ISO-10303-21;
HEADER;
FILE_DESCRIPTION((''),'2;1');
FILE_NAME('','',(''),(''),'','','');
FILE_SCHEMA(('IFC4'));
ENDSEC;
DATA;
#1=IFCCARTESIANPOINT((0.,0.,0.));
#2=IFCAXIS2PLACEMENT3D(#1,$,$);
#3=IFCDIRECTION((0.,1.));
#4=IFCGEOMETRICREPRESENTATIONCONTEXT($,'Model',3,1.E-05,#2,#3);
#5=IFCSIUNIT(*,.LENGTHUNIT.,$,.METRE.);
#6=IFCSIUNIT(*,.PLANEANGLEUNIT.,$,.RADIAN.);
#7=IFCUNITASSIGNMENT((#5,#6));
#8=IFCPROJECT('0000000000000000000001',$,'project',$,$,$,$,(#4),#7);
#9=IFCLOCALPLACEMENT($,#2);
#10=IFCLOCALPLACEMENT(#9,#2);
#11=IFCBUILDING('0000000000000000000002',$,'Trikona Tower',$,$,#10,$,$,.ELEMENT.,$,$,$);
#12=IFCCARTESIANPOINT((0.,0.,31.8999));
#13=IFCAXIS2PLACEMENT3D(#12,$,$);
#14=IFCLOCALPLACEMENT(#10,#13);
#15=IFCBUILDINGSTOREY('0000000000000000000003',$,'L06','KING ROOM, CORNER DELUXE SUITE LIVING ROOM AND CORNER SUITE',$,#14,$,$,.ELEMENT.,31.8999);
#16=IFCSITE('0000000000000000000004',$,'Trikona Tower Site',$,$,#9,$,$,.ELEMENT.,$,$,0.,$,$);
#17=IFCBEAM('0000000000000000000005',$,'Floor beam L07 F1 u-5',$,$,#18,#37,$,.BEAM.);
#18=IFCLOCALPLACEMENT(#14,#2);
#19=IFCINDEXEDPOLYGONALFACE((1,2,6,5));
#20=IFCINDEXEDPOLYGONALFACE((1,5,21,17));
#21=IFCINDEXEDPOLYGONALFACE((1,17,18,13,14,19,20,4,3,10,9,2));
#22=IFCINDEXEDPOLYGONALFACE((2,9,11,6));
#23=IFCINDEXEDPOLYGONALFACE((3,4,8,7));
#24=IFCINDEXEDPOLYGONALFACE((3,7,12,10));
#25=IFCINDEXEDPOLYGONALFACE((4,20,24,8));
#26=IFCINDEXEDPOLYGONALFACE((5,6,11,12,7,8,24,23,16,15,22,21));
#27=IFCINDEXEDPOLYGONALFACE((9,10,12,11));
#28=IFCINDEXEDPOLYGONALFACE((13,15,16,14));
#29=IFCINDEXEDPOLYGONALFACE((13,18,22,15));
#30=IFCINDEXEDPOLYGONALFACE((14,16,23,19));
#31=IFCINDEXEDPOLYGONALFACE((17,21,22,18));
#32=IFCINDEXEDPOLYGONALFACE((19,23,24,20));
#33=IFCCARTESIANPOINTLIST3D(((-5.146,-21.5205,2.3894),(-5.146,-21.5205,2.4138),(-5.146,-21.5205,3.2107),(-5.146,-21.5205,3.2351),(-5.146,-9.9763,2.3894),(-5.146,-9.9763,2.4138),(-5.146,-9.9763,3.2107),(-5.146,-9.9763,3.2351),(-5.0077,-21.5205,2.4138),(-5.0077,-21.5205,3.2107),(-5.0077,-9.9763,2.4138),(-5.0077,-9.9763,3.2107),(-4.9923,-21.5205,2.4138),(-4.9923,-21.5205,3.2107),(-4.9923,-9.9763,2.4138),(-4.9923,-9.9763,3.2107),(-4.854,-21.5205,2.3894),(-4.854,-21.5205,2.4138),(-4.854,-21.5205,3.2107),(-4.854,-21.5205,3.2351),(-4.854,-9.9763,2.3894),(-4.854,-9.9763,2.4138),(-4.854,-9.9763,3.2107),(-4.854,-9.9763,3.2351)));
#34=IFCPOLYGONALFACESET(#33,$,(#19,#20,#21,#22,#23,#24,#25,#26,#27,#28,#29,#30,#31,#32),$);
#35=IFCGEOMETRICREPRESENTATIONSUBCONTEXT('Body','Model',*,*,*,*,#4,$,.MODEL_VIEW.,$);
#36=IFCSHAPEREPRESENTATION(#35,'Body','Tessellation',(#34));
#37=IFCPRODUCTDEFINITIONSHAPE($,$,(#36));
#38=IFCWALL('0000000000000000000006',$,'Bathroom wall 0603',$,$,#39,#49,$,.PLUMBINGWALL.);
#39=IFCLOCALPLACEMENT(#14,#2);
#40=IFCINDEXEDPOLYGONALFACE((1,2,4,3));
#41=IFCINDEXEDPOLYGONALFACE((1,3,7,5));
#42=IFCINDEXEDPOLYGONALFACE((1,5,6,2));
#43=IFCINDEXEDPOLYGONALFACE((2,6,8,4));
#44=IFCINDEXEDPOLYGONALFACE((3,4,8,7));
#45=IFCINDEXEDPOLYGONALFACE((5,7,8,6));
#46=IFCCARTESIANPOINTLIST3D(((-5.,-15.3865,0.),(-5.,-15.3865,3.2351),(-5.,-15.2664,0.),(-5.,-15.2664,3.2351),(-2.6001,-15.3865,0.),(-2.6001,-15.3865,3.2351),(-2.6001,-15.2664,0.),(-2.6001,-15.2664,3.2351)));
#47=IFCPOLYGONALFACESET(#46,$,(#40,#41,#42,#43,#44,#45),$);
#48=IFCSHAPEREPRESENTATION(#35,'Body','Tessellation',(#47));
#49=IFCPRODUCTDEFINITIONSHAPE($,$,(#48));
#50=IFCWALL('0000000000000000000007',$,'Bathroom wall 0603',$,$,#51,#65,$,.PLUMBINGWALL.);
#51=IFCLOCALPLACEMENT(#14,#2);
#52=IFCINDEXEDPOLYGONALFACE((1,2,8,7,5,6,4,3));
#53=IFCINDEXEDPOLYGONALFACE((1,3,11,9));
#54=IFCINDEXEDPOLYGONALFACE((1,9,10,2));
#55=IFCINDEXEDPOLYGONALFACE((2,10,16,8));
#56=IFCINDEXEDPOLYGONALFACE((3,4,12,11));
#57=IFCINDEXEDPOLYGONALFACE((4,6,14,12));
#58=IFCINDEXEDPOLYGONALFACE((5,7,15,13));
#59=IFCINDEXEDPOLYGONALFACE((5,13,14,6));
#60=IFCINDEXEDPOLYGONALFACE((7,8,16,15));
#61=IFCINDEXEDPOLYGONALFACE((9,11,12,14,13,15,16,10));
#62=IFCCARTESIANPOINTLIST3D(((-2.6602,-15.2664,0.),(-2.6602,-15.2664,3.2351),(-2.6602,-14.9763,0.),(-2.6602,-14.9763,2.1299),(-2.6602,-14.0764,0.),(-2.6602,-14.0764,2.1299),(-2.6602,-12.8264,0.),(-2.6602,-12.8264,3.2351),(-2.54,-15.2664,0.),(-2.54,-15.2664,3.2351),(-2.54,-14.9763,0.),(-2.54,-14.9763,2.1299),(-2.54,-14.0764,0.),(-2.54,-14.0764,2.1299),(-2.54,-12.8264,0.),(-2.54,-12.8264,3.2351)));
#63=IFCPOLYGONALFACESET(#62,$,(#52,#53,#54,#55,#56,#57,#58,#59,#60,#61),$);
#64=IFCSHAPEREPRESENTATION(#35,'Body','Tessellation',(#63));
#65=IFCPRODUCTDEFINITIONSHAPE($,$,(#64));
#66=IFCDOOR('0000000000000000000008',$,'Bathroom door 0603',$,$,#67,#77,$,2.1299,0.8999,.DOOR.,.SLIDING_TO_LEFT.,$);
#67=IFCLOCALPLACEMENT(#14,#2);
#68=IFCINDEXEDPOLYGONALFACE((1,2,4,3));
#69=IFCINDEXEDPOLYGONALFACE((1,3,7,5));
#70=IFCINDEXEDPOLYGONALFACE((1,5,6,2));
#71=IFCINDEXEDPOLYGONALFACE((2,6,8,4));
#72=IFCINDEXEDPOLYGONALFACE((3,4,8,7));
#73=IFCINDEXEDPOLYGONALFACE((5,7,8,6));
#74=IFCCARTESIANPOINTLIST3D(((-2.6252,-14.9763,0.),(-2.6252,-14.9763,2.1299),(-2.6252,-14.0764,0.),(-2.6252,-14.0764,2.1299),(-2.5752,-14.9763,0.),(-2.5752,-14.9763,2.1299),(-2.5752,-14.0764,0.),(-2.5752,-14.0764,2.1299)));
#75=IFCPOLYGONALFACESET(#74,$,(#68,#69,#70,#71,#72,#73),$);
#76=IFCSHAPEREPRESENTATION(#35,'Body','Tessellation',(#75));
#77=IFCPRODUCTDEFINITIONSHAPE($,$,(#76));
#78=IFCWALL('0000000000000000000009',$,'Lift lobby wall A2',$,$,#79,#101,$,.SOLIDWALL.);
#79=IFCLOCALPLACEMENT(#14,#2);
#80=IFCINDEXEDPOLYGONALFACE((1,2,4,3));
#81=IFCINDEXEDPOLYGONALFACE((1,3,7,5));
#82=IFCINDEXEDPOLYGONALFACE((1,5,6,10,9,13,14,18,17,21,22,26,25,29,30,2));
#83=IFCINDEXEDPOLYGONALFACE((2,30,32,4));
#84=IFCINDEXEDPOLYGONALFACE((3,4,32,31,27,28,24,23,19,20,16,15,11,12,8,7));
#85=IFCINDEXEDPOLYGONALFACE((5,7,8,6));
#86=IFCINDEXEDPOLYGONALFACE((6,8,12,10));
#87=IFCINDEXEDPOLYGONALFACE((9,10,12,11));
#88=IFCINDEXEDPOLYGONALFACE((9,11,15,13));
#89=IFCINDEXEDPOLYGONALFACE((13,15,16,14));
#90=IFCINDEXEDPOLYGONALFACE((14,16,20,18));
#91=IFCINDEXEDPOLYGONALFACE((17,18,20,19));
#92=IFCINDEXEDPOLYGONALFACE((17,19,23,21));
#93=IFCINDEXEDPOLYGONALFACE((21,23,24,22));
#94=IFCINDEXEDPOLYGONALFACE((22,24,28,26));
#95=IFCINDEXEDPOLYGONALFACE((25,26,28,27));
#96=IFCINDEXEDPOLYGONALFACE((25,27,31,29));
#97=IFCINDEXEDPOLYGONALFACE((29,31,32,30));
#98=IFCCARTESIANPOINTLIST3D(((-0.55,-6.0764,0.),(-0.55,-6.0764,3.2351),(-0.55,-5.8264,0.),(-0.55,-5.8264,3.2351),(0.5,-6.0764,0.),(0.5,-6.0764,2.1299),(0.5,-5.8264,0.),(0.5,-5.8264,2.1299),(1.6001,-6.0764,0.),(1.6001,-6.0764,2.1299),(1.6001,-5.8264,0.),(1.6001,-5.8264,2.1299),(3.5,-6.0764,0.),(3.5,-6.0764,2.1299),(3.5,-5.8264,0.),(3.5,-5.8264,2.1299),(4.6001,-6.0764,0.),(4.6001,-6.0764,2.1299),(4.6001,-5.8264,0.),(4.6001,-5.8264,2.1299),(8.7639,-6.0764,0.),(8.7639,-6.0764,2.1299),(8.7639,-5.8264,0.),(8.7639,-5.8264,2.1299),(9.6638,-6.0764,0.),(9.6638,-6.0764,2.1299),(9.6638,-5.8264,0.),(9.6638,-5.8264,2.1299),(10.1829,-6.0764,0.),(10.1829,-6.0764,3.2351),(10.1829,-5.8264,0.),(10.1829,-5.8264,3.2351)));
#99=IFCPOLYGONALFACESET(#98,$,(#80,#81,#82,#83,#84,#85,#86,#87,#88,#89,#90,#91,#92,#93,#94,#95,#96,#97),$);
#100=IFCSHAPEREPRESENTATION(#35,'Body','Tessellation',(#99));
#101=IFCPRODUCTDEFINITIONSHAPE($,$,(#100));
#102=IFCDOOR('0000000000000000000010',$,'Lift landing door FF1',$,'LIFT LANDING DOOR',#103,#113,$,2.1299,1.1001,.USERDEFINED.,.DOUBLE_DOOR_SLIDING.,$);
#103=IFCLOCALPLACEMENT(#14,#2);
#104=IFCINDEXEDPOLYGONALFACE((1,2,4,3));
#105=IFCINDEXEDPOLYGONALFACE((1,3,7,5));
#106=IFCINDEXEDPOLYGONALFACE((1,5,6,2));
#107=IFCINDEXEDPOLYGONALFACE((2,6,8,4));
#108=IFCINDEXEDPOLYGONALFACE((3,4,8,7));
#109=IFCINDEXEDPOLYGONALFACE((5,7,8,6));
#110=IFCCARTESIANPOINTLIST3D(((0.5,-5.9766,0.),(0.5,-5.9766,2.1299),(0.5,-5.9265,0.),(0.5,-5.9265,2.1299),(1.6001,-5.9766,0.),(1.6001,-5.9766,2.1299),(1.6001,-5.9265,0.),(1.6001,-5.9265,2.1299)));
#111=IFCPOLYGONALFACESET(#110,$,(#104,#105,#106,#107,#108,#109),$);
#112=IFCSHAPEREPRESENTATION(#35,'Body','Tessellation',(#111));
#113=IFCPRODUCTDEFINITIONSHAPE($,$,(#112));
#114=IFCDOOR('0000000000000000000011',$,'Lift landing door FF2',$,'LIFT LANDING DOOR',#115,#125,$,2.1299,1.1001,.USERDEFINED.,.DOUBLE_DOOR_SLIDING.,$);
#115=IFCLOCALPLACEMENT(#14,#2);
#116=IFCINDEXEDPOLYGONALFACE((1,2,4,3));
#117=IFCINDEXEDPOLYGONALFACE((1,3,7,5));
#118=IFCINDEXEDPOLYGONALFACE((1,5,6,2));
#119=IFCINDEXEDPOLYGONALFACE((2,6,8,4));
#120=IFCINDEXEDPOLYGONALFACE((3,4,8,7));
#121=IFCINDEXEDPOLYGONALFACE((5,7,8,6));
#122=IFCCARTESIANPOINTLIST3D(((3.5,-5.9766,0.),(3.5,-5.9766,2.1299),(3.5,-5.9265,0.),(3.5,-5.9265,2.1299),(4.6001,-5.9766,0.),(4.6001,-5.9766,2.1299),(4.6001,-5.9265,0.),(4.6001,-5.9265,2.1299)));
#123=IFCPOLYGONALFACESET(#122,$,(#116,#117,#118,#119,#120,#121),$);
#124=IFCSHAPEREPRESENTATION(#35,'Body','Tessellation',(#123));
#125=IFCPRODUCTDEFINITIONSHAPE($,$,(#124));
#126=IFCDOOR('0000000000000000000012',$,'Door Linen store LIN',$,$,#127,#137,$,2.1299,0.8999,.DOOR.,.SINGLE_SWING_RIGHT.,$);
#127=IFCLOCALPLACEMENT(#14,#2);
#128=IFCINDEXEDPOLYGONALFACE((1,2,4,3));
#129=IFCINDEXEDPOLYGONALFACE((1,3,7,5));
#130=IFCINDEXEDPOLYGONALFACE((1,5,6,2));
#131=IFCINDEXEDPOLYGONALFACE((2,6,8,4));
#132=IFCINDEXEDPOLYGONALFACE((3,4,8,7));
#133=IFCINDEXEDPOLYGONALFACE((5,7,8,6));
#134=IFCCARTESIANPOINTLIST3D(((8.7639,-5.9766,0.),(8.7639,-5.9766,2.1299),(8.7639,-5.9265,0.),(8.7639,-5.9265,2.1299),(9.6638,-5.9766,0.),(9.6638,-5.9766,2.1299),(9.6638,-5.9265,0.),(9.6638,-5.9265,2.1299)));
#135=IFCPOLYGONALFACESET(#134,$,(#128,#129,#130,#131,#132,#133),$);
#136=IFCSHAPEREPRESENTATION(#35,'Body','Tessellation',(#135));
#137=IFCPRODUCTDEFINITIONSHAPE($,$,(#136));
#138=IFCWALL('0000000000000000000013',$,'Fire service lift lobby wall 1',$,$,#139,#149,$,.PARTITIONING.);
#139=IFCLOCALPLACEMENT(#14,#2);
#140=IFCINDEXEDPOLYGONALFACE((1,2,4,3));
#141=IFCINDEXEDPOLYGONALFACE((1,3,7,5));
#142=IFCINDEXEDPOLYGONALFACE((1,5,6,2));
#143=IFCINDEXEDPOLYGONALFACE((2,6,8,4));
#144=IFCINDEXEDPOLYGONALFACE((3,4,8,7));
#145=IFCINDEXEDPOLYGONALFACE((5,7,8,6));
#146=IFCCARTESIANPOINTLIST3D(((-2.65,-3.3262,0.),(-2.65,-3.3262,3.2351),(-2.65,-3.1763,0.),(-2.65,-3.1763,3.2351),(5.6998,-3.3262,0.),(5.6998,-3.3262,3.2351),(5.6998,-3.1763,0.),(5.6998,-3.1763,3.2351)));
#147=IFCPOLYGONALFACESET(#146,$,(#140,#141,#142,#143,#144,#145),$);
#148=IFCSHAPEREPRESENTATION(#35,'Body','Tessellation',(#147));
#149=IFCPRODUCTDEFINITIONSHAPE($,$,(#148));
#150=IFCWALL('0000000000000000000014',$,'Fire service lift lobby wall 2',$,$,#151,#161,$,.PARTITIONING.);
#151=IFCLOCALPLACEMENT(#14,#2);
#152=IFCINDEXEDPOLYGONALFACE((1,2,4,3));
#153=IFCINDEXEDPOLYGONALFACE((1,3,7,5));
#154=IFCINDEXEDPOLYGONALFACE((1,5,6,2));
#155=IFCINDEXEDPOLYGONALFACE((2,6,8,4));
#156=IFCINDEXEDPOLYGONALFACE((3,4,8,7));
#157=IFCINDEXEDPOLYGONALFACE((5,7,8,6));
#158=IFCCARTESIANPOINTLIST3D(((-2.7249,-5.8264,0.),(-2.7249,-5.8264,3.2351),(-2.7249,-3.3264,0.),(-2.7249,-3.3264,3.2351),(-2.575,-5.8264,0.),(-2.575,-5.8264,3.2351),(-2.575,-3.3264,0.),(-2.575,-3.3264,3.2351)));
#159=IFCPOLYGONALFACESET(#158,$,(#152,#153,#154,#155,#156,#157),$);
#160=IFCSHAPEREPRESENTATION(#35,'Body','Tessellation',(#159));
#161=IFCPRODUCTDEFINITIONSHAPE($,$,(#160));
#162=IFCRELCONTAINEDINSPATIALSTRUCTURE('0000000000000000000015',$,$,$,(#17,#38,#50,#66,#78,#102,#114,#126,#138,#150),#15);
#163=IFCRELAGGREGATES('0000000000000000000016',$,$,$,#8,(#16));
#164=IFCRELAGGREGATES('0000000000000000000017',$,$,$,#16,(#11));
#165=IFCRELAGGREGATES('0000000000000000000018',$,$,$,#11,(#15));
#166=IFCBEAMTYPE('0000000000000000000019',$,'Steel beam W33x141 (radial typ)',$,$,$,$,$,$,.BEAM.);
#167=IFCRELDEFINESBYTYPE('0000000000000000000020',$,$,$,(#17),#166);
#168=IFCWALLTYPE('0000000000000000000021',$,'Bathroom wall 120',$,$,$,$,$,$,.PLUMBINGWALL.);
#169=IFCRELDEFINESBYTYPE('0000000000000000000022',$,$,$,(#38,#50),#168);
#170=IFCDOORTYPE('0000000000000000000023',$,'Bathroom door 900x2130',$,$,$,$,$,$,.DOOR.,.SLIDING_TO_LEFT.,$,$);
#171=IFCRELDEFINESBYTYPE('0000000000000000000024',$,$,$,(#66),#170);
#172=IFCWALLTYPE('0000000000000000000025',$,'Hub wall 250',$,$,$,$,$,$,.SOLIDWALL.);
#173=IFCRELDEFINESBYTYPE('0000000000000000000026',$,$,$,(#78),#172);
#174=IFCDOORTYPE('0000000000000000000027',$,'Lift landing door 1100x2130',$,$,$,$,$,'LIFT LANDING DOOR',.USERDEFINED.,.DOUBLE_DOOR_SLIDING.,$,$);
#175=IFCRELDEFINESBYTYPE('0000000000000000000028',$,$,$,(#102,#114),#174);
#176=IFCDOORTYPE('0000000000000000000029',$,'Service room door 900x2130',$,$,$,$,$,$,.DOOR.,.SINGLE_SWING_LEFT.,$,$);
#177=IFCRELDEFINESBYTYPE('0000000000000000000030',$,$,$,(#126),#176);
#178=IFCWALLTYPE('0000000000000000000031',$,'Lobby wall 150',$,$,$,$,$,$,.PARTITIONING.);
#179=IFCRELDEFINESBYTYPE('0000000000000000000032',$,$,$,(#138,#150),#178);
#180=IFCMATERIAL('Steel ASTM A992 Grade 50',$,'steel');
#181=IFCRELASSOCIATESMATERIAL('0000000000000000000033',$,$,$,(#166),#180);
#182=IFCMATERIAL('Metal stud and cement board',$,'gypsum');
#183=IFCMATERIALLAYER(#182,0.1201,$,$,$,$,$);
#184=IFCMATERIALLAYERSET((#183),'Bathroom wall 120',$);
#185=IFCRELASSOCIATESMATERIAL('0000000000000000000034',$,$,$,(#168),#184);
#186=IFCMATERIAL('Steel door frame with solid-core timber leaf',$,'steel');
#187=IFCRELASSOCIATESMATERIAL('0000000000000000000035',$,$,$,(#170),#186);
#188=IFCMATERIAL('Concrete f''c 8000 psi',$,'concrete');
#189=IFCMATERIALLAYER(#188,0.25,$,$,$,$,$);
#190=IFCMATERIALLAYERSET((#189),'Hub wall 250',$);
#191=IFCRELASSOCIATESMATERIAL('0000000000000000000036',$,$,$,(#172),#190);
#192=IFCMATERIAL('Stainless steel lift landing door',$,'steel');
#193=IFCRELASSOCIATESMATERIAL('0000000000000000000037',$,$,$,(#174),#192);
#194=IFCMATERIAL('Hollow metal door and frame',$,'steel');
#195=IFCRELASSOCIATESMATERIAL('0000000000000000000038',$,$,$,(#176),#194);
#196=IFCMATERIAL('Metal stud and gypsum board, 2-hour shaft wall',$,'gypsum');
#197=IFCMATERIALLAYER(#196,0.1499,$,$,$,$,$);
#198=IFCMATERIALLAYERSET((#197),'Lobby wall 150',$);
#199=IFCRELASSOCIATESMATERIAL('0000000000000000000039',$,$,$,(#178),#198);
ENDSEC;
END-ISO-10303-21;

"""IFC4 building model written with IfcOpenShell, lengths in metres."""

from ifc_helpers import new_model, si_unit, direction, frame, frame_2d, origin, origin_2d, place, context, subcontext, project, spatial, rectangle, i_section, extrude, material, layer, layer_set, material_profile, profile_set, type_object, element, fill, save


model = new_model("IFC4")

# Units and contexts
model_context = context("Model", 3, precision=1e-05, world=origin(), true_north=direction((0.0, 1.0)))
body_context = subcontext(model_context, "Body", "Model", "MODEL_VIEW")
ifc_project = project(units=[si_unit("LENGTHUNIT", "METRE"), si_unit("PLANEANGLEUNIT", "RADIAN")], contexts=[model_context])

# Site, building, storey
site_placement = place(None, origin())
site = spatial("IfcSite", under=ifc_project, at=site_placement, Name="Trikona Tower Site", CompositionType="ELEMENT", RefElevation=0.0)
building_placement = place(site_placement, origin())
building = spatial("IfcBuilding", under=site, at=building_placement, Name="Trikona Tower", CompositionType="ELEMENT")
storey_placement = place(building_placement, frame((0.0, 0.0, 31.8999)))
storey = spatial("IfcBuildingStorey", under=building, at=storey_placement, Name="L06", Description="KING ROOM, CORNER DELUXE SUITE LIVING ROOM AND CORNER SUITE", CompositionType="ELEMENT", Elevation=31.8999)

# Beam
ifc_material_1 = material(Name="Steel ASTM A992 Grade 50", Category="steel")
ifc_material_profile = material_profile(ifc_material_1, i_section(OverallWidth=0.292, OverallDepth=0.8457, WebThickness=0.0154, FlangeThickness=0.0244, at=origin_2d()), Name="W33X141")
ifc_profile_set = profile_set([ifc_material_profile], Name="Steel ASTM A992 Grade 50")
beam_type = type_object("IfcBeamType", Name="Steel beam W33x141 (radial typ)", PredefinedType="BEAM", material=ifc_profile_set)
beam_placement = place(storey_placement, frame((-5.0, -9.9763, 2.8123), z_axis=(0.0, -1.0, 0.0), x_axis=(1.0, 0.0, 0.0)))
element("IfcBeam", 1, at=beam_placement, inside=storey, type_object=beam_type, Name="Floor beam L07 F1 u-5", PredefinedType="BEAM", context=body_context, shape_type="SweptSolid", body=[
    extrude(i_section(OverallWidth=0.292, OverallDepth=0.8457, WebThickness=0.0154, FlangeThickness=0.0244, at=origin_2d()), origin(), (0.0, 0.0, 1.0), 11.5442),
])

# Wall
ifc_material_2 = material(Name="Metal stud and cement board", Category="gypsum")
ifc_layer_1 = layer(ifc_material_2, 0.1201)
ifc_layer_set_1 = layer_set([ifc_layer_1], Name="Bathroom wall 120")
wall_type_1 = type_object("IfcWallType", Name="Bathroom wall 120", PredefinedType="PLUMBINGWALL", material=ifc_layer_set_1)
wall_1_placement = place(storey_placement, frame((-5.0, -15.3264, 0.0), z_axis=(0.0, 0.0, 1.0), x_axis=(1.0, 0.0, 0.0)))
element("IfcWall", 2, at=wall_1_placement, inside=storey, type_object=wall_type_1, Name="Bathroom wall 0603", PredefinedType="PLUMBINGWALL", context=body_context, shape_type="SweptSolid", body=[
    extrude(rectangle(XDim=2.3999, YDim=0.1201, at=frame_2d((1.2, 0.0))), origin(), (0.0, 0.0, 1.0), 3.2351),
])

# Wall, opening, door
wall_2_placement = place(storey_placement, frame((-2.6001, -12.8264, 0.0), z_axis=(0.0, 0.0, 1.0), x_axis=(0.0, -1.0, 0.0)))
wall_2 = element("IfcWall", 3, at=wall_2_placement, inside=storey, type_object=wall_type_1, Name="Bathroom wall 0603", PredefinedType="PLUMBINGWALL", context=body_context, shape_type="SweptSolid", body=[
    extrude(rectangle(XDim=2.4399, YDim=0.1201, at=frame_2d((1.22, 0.0))), origin(), (0.0, 0.0, 1.0), 3.2351),
])
opening_1_placement = place(wall_2_placement, frame((1.25, 0.0, 0.0)))
opening_1 = element("IfcOpeningElement", 4, at=opening_1_placement, cuts=wall_2, PredefinedType="OPENING", context=body_context, shape_type="SweptSolid", body=[
    extrude(rectangle(XDim=0.8999, YDim=2.1299, at=frame_2d((0.45, 1.0649))), frame((0.0, 0.0701, 0.0), z_axis=(0.0, -1.0, 0.0), x_axis=(1.0, 0.0, 0.0)), (0.0, 0.0, 1.0), 0.1401),
])
ifc_material_3 = material(Name="Steel door frame with solid-core timber leaf", Category="steel")
door_type_1 = type_object("IfcDoorType", Name="Bathroom door 900x2130", OperationType="SLIDING_TO_LEFT", PredefinedType="DOOR", material=ifc_material_3)
door_1_placement = place(opening_1_placement, origin())
door_1 = element("IfcDoor", 5, at=door_1_placement, inside=storey, type_object=door_type_1, Name="Bathroom door 0603", OperationType="SLIDING_TO_LEFT", OverallHeight=2.1299, OverallWidth=0.8999, PredefinedType="DOOR", context=body_context, shape_type="SweptSolid", body=[
    extrude(rectangle(XDim=0.8999, YDim=2.1299, at=frame_2d((0.45, 1.0649))), frame((0.0, 0.0249, 0.0), z_axis=(0.0, -1.0, 0.0), x_axis=(1.0, 0.0, 0.0)), (0.0, 0.0, 1.0), 0.05),
])
fill(opening_1, door_1)

# Wall, openings, doors
ifc_material_4 = material(Name="Concrete f'c 8000 psi", Category="concrete")
ifc_layer_2 = layer(ifc_material_4, 0.25)
ifc_layer_set_2 = layer_set([ifc_layer_2], Name="Hub wall 250")
wall_type_2 = type_object("IfcWallType", Name="Hub wall 250", PredefinedType="SOLIDWALL", material=ifc_layer_set_2)
wall_3_placement = place(storey_placement, frame((-0.55, -5.9514, 0.0), z_axis=(0.0, 0.0, 1.0), x_axis=(1.0, 0.0, 0.0)))
wall_3 = element("IfcWall", 6, at=wall_3_placement, inside=storey, type_object=wall_type_2, Name="Lift lobby wall A2", PredefinedType="SOLIDWALL", context=body_context, shape_type="SweptSolid", body=[
    extrude(rectangle(XDim=10.7329, YDim=0.25, at=frame_2d((5.3665, 0.0))), origin(), (0.0, 0.0, 1.0), 3.2351),
])
opening_2_placement = place(wall_3_placement, frame((9.314, 0.0, 0.0)))
opening_2 = element("IfcOpeningElement", 7, at=opening_2_placement, cuts=wall_3, PredefinedType="OPENING", context=body_context, shape_type="SweptSolid", body=[
    extrude(rectangle(XDim=0.8999, YDim=2.1299, at=frame_2d((0.45, 1.0649))), frame((0.0, 0.135, 0.0), z_axis=(0.0, -1.0, 0.0), x_axis=(1.0, 0.0, 0.0)), (0.0, 0.0, 1.0), 0.27),
])
opening_3_placement = place(wall_3_placement, frame((1.05, 0.0, 0.0)))
opening_3 = element("IfcOpeningElement", 8, at=opening_3_placement, cuts=wall_3, PredefinedType="OPENING", context=body_context, shape_type="SweptSolid", body=[
    extrude(rectangle(XDim=1.1001, YDim=2.1299, at=frame_2d((0.55, 1.0649))), frame((0.0, 0.135, 0.0), z_axis=(0.0, -1.0, 0.0), x_axis=(1.0, 0.0, 0.0)), (0.0, 0.0, 1.0), 0.27),
])
opening_4_placement = place(wall_3_placement, frame((4.05, 0.0, 0.0)))
opening_4 = element("IfcOpeningElement", 9, at=opening_4_placement, cuts=wall_3, PredefinedType="OPENING", context=body_context, shape_type="SweptSolid", body=[
    extrude(rectangle(XDim=1.1001, YDim=2.1299, at=frame_2d((0.55, 1.0649))), frame((0.0, 0.135, 0.0), z_axis=(0.0, -1.0, 0.0), x_axis=(1.0, 0.0, 0.0)), (0.0, 0.0, 1.0), 0.27),
])
ifc_material_5 = material(Name="Stainless steel lift landing door", Category="steel")
door_type_2 = type_object("IfcDoorType", Name="Lift landing door 1100x2130", ElementType="LIFT LANDING DOOR", OperationType="DOUBLE_DOOR_SLIDING", PredefinedType="USERDEFINED", material=ifc_material_5)
door_2_placement = place(opening_3_placement, origin())
door_2 = element("IfcDoor", 10, at=door_2_placement, inside=storey, type_object=door_type_2, Name="Lift landing door FF1", ObjectType="LIFT LANDING DOOR", OperationType="DOUBLE_DOOR_SLIDING", OverallHeight=2.1299, OverallWidth=1.1001, PredefinedType="USERDEFINED", context=body_context, shape_type="SweptSolid", body=[
    extrude(rectangle(XDim=1.1001, YDim=2.1299, at=frame_2d((0.55, 1.0649))), frame((0.0, 0.0249, 0.0), z_axis=(0.0, -1.0, 0.0), x_axis=(1.0, 0.0, 0.0)), (0.0, 0.0, 1.0), 0.05),
])
fill(opening_3, door_2)
door_3_placement = place(opening_4_placement, origin())
door_3 = element("IfcDoor", 11, at=door_3_placement, inside=storey, type_object=door_type_2, Name="Lift landing door FF2", ObjectType="LIFT LANDING DOOR", OperationType="DOUBLE_DOOR_SLIDING", OverallHeight=2.1299, OverallWidth=1.1001, PredefinedType="USERDEFINED", context=body_context, shape_type="SweptSolid", body=[
    extrude(rectangle(XDim=1.1001, YDim=2.1299, at=frame_2d((0.55, 1.0649))), frame((0.0, 0.0249, 0.0), z_axis=(0.0, -1.0, 0.0), x_axis=(1.0, 0.0, 0.0)), (0.0, 0.0, 1.0), 0.05),
])
fill(opening_4, door_3)
ifc_material_6 = material(Name="Hollow metal door and frame", Category="steel")
door_type_3 = type_object("IfcDoorType", Name="Service room door 900x2130", OperationType="SINGLE_SWING_LEFT", PredefinedType="DOOR", material=ifc_material_6)
door_4_placement = place(opening_2_placement, origin())
door_4 = element("IfcDoor", 12, at=door_4_placement, inside=storey, type_object=door_type_3, Name="Door Linen store LIN", OperationType="SINGLE_SWING_RIGHT", OverallHeight=2.1299, OverallWidth=0.8999, PredefinedType="DOOR", context=body_context, shape_type="SweptSolid", body=[
    extrude(rectangle(XDim=0.8999, YDim=2.1299, at=frame_2d((0.45, 1.0649))), frame((0.0, 0.0249, 0.0), z_axis=(0.0, -1.0, 0.0), x_axis=(1.0, 0.0, 0.0)), (0.0, 0.0, 1.0), 0.05),
])
fill(opening_2, door_4)

# Walls
ifc_material_7 = material(Name="Metal stud and gypsum board, 2-hour shaft wall", Category="gypsum")
ifc_layer_3 = layer(ifc_material_7, 0.1499)
ifc_layer_set_3 = layer_set([ifc_layer_3], Name="Lobby wall 150")
wall_type_3 = type_object("IfcWallType", Name="Lobby wall 150", PredefinedType="PARTITIONING", material=ifc_layer_set_3)
wall_4_placement = place(storey_placement, frame((-2.6499, -3.2512, 0.0), z_axis=(0.0, 0.0, 1.0), x_axis=(1.0, 0.0, 0.0)))
element("IfcWall", 13, at=wall_4_placement, inside=storey, type_object=wall_type_3, Name="Fire service lift lobby wall 1", PredefinedType="PARTITIONING", context=body_context, shape_type="SweptSolid", body=[
    extrude(rectangle(XDim=8.3499, YDim=0.1499, at=frame_2d((4.1748, 0.0))), origin(), (0.0, 0.0, 1.0), 3.2351),
])
wall_5_placement = place(storey_placement, frame((-2.6499, -5.8264, 0.0), z_axis=(0.0, 0.0, 1.0), x_axis=(0.0, 1.0, 0.0)))
element("IfcWall", 14, at=wall_5_placement, inside=storey, type_object=wall_type_3, Name="Fire service lift lobby wall 2", PredefinedType="PARTITIONING", context=body_context, shape_type="SweptSolid", body=[
    extrude(rectangle(XDim=2.5, YDim=0.1499, at=frame_2d((1.25, 0.0))), origin(), (0.0, 0.0, 1.0), 3.2351),
])

save(model, "model.ifc")
